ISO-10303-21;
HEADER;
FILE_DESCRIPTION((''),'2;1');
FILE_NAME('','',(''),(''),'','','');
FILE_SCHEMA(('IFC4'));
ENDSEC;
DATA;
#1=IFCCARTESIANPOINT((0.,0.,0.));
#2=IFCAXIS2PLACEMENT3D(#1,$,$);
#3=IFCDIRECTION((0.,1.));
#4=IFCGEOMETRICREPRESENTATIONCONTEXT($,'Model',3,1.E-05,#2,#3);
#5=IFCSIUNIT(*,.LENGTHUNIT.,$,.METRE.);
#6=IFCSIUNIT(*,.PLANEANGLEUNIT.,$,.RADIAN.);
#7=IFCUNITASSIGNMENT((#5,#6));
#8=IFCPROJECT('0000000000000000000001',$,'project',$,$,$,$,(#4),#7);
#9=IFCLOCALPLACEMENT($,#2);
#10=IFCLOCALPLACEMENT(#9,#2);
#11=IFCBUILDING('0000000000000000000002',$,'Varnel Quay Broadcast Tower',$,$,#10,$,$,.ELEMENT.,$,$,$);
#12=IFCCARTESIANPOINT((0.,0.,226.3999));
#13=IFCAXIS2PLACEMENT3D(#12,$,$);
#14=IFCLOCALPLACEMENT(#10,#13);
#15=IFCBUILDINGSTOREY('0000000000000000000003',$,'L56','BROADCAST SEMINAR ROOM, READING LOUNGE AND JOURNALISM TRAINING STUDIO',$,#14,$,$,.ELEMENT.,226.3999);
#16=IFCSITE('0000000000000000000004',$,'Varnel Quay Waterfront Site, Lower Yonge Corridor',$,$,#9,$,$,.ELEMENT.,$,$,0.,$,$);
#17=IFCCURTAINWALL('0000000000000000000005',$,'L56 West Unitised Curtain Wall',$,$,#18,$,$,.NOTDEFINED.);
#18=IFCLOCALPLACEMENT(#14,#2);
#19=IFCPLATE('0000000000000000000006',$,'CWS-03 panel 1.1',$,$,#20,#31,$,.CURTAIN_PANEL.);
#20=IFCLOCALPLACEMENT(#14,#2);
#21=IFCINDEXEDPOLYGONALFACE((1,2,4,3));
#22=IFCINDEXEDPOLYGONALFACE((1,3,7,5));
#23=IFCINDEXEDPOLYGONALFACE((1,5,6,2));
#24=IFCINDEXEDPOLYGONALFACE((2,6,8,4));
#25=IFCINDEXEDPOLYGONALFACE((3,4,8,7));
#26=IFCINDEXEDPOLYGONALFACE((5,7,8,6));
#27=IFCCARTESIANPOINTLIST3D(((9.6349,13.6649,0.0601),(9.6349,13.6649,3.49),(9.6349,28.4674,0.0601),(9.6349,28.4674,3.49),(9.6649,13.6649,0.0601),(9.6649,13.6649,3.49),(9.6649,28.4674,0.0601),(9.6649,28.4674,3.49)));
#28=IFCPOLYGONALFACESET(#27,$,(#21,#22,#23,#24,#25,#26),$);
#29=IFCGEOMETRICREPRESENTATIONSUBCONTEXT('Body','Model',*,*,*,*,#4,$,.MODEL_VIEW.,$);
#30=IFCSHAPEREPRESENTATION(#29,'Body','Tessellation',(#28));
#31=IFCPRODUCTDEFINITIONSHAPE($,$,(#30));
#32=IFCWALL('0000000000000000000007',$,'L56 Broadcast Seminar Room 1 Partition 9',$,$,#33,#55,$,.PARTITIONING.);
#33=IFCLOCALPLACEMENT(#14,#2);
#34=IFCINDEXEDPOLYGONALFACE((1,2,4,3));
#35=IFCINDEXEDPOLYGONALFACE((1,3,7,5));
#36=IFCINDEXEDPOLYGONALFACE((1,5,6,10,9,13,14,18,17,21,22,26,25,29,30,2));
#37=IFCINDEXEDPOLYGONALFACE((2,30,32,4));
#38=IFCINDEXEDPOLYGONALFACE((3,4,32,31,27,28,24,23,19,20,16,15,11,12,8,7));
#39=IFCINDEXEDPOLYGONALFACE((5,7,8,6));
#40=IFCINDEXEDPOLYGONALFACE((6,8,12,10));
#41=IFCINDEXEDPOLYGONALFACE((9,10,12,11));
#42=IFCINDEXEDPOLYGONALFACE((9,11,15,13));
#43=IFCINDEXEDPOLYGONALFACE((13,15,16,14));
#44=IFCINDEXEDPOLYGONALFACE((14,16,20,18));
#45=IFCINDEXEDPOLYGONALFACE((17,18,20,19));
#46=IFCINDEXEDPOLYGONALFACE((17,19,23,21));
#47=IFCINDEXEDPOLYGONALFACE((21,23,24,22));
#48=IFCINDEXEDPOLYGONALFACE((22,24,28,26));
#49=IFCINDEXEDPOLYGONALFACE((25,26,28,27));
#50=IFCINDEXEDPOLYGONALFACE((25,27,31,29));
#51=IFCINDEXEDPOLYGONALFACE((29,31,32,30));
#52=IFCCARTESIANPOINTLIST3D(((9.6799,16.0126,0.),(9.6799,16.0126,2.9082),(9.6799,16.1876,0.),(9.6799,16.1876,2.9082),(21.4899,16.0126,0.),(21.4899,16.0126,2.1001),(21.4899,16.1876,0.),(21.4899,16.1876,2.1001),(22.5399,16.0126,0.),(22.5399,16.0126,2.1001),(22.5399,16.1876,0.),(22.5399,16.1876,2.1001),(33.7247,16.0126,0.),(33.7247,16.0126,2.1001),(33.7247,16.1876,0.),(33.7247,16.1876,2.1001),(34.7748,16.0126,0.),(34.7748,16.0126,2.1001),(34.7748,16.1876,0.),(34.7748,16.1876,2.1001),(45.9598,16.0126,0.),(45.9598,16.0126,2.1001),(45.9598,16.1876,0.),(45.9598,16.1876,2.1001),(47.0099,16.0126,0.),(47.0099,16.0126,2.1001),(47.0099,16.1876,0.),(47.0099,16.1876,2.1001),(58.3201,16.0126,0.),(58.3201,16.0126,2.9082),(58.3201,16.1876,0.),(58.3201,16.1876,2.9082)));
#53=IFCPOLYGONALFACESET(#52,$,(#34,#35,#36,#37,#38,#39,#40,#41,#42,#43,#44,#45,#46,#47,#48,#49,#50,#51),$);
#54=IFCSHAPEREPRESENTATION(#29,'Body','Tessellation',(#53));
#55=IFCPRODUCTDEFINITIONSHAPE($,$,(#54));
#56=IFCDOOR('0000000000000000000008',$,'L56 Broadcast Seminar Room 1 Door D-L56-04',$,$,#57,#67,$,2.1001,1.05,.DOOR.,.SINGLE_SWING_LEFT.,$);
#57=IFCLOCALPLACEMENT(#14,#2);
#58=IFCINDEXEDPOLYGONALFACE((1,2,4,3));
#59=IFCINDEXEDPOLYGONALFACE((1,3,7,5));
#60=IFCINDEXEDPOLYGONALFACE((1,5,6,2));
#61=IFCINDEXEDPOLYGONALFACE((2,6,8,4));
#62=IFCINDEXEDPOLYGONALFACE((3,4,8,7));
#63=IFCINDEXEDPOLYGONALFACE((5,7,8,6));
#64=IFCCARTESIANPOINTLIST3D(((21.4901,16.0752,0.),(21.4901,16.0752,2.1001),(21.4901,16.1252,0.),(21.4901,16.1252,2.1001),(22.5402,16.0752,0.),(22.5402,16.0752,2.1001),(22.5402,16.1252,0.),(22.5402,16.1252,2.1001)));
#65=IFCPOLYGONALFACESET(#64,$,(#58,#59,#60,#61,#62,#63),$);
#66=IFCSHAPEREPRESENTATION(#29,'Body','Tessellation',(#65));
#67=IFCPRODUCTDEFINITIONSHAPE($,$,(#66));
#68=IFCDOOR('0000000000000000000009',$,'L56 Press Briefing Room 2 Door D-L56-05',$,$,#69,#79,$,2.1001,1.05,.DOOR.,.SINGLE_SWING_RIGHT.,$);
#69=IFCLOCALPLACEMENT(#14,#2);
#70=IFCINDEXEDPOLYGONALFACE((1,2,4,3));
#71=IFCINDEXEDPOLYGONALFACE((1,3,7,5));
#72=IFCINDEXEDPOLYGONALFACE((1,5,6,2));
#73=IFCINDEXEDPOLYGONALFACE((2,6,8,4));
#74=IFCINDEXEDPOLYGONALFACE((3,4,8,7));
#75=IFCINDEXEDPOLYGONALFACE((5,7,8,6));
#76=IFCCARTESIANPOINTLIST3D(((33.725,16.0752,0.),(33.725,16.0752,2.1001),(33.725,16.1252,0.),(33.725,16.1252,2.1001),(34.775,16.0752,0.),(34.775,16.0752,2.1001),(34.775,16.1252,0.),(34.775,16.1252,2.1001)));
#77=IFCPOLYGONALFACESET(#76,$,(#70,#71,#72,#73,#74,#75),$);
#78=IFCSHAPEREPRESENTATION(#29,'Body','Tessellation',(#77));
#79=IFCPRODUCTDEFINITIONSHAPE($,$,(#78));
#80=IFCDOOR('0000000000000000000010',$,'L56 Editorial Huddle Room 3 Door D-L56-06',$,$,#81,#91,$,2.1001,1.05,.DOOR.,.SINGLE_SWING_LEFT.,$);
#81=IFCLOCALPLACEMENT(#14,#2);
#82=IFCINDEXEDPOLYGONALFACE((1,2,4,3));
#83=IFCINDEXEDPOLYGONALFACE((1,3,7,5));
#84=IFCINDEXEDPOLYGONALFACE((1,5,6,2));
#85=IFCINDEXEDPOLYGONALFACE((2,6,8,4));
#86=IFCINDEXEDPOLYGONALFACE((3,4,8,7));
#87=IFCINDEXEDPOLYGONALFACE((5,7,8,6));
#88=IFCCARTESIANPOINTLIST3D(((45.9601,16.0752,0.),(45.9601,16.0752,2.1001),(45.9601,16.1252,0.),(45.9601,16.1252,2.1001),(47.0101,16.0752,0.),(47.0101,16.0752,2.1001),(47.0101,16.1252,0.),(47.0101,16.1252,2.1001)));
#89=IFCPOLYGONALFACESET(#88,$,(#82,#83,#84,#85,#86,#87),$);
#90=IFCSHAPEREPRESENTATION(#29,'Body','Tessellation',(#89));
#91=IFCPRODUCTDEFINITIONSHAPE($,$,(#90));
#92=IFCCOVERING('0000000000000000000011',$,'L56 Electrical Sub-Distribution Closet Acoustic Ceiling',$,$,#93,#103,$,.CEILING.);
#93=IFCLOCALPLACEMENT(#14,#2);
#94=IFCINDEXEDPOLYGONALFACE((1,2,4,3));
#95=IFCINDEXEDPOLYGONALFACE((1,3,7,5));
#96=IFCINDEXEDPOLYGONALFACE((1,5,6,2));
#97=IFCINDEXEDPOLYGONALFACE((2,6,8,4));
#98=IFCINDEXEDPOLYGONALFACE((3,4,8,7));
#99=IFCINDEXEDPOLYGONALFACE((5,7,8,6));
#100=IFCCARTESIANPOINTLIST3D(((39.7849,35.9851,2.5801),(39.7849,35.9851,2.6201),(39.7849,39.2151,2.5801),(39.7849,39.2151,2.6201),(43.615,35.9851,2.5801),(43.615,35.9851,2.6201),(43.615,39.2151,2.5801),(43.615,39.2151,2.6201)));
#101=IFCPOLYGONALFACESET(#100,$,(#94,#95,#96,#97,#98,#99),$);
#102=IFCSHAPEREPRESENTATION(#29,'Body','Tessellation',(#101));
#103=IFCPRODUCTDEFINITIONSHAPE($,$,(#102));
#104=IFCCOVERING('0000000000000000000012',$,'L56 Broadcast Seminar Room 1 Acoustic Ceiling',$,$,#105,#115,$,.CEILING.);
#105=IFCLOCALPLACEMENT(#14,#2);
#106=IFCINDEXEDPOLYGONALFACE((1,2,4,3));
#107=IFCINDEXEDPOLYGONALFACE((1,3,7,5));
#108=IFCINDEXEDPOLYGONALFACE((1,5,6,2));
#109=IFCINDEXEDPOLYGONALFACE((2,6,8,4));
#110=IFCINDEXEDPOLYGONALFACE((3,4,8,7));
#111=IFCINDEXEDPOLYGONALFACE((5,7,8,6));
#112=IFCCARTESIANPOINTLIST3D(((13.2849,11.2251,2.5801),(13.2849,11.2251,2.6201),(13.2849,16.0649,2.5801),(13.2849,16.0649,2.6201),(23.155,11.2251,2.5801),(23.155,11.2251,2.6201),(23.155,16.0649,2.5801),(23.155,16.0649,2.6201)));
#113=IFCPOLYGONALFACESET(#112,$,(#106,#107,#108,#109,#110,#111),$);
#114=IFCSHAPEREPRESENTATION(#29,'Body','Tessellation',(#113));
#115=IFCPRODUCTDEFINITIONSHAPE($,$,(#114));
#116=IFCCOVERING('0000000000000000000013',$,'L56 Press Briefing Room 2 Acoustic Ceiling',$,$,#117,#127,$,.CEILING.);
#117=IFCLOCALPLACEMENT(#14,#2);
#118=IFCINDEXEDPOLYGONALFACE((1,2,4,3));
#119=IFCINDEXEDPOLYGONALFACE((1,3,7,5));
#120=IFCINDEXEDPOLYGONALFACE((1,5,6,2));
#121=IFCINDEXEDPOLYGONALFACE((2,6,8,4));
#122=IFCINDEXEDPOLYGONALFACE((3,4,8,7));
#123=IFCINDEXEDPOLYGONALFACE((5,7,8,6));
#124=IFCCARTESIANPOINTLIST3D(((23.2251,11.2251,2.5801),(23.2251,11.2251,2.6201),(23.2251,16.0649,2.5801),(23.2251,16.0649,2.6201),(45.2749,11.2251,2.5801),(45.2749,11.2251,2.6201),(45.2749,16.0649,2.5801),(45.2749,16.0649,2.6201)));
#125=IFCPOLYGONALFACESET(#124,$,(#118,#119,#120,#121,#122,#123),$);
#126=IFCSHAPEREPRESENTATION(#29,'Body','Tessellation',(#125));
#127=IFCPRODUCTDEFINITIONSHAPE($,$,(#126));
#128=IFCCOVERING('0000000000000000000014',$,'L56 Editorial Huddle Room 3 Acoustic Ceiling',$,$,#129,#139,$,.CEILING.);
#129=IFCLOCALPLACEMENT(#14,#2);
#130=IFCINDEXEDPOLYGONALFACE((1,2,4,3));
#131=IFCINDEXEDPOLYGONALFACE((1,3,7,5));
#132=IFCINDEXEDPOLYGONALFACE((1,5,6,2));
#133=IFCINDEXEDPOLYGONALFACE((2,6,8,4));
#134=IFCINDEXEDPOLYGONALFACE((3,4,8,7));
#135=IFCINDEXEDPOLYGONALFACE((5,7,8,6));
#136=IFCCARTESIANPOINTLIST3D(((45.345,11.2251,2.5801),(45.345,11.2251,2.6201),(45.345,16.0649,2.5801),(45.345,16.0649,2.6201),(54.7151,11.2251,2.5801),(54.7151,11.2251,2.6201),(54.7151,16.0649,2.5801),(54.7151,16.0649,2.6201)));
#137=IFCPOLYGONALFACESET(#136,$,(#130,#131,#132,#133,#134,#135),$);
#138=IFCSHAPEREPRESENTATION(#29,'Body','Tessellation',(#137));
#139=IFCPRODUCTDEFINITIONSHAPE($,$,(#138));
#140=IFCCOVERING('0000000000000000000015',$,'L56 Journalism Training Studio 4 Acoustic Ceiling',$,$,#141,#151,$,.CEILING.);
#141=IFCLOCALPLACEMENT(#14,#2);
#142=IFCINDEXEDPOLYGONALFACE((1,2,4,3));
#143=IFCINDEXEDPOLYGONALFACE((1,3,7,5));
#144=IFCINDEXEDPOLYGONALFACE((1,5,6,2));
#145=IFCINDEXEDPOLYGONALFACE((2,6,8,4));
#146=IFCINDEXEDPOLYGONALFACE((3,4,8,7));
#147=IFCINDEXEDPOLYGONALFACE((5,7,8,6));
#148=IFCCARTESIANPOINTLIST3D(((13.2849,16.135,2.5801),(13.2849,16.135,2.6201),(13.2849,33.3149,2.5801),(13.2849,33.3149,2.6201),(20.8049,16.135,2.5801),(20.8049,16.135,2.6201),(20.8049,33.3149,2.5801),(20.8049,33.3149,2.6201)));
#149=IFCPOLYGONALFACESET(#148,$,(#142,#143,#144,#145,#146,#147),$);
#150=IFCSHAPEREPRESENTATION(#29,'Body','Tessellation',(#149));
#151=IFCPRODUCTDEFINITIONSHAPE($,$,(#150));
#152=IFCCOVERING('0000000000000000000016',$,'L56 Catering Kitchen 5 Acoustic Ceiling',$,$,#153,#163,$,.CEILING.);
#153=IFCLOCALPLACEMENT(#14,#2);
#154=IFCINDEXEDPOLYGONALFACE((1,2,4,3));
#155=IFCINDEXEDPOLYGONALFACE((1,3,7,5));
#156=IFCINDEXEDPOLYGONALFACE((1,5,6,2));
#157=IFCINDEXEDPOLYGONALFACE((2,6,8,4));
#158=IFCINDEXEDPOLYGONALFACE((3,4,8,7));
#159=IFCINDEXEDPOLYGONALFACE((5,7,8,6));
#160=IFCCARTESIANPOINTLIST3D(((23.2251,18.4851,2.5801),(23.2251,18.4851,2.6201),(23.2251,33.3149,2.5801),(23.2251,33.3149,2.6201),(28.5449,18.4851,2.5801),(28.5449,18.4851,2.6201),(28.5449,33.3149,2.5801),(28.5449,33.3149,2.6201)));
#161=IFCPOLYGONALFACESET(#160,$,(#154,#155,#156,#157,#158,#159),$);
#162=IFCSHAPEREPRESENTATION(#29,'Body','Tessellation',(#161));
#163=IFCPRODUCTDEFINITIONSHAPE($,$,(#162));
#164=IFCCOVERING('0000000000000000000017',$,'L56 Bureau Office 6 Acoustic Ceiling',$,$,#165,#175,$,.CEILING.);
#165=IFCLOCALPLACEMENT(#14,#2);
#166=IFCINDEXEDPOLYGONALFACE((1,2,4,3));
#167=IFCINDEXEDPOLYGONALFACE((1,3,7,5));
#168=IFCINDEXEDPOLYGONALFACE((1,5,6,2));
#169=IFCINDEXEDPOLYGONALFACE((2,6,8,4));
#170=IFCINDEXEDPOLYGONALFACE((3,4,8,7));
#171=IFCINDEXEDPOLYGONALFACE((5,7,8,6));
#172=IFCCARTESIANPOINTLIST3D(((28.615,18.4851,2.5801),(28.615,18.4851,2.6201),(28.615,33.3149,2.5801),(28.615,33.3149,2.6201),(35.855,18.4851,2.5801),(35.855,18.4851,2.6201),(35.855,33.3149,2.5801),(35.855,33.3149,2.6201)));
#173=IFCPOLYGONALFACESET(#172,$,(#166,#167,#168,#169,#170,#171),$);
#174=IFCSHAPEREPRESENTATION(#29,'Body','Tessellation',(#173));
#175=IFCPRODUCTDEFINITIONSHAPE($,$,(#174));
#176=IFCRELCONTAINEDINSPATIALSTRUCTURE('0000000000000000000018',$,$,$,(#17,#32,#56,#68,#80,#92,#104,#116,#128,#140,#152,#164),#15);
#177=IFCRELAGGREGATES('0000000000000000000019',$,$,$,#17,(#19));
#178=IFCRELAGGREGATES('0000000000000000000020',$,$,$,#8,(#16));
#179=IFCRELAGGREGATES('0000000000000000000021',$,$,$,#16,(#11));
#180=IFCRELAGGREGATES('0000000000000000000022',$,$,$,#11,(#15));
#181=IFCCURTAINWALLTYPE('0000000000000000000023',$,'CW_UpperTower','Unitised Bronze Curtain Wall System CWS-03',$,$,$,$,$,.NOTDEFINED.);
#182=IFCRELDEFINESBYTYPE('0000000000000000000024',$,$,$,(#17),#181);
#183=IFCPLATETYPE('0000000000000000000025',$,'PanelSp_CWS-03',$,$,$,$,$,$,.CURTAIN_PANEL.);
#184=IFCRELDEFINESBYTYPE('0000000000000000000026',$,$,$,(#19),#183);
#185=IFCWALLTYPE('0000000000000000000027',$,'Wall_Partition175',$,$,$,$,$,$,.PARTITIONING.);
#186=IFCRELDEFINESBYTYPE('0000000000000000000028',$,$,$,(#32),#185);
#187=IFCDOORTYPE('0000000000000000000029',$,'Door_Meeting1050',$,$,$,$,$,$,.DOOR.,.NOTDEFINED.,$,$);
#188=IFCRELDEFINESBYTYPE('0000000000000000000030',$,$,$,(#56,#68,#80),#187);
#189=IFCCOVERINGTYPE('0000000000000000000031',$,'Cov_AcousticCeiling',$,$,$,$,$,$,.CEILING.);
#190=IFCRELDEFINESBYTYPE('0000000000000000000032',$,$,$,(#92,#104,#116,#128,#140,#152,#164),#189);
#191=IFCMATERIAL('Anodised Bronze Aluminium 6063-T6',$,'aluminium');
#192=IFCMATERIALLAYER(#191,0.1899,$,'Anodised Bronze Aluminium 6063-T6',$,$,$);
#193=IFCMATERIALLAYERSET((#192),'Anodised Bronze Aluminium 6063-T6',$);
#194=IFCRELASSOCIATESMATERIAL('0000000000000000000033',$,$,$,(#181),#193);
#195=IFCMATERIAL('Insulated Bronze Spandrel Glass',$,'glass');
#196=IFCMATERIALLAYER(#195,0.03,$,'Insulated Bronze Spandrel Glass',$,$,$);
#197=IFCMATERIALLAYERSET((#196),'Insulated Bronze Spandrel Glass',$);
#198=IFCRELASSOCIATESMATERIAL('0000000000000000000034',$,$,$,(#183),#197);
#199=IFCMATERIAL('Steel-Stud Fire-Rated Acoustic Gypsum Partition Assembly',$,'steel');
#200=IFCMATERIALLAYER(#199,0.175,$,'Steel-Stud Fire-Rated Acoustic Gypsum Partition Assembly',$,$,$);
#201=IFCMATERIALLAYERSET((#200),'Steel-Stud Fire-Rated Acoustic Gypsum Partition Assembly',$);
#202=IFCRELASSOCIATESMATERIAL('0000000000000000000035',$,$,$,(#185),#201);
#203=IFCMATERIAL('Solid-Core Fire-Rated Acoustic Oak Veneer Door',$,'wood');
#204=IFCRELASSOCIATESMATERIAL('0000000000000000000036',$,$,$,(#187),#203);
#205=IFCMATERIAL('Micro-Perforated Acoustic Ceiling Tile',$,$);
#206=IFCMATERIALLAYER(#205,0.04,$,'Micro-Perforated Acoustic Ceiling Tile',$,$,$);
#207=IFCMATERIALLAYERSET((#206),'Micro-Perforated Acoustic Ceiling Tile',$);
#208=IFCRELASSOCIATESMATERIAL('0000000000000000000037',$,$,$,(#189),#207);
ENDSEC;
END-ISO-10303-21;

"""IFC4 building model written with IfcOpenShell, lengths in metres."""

from ifc_helpers import new_model, si_unit, direction, frame, frame_2d, origin, origin_2d, place, context, subcontext, project, spatial, polyline, rectangle, outline, extrude, source, transform, mapped, material, layer, layer_set, type_object, type_shapes, element, fill, aggregate, save


model = new_model("IFC4")

# Units and contexts
model_context = context("Model", 3, precision=1e-05, world=origin(), true_north=direction((0.0, 1.0)))
body_context = subcontext(model_context, "Body", "Model", "MODEL_VIEW")
ifc_project = project(units=[si_unit("LENGTHUNIT", "METRE"), si_unit("PLANEANGLEUNIT", "RADIAN")], contexts=[model_context])

# Site, building, storey
site_placement = place(None, origin())
site = spatial("IfcSite", under=ifc_project, at=site_placement, Name="Varnel Quay Waterfront Site, Lower Yonge Corridor", CompositionType="ELEMENT", RefElevation=0.0)
building_placement = place(site_placement, origin())
building = spatial("IfcBuilding", under=site, at=building_placement, Name="Varnel Quay Broadcast Tower", CompositionType="ELEMENT")
storey_placement = place(building_placement, frame((0.0, 0.0, 226.3999)))
storey = spatial("IfcBuildingStorey", under=building, at=storey_placement, Name="L56", Description="BROADCAST SEMINAR ROOM, READING LOUNGE AND JOURNALISM TRAINING STUDIO", CompositionType="ELEMENT", Elevation=226.3999)

# Shared definitions
ifc_material_1 = material(Name="Anodised Bronze Aluminium 6063-T6", Category="aluminium")

# Curtain wall
ifc_layer_1 = layer(ifc_material_1, 0.1899, Name="Anodised Bronze Aluminium 6063-T6")
ifc_layer_set_1 = layer_set([ifc_layer_1], Name="Anodised Bronze Aluminium 6063-T6")
curtain_wall_type_1 = type_object("IfcCurtainWallType", Name="CW_UpperTower", Description="Unitised Bronze Curtain Wall System CWS-03", PredefinedType="NOTDEFINED", material=ifc_layer_set_1)
curtain_wall_1_placement = place(storey_placement, origin())
curtain_wall_1 = element("IfcCurtainWall", 1, at=curtain_wall_1_placement, inside=storey, type_object=curtain_wall_type_1, Name="L56 West Unitised Curtain Wall", PredefinedType="NOTDEFINED")

# Plate
ifc_material_2 = material(Name="Insulated Bronze Spandrel Glass", Category="glass")
ifc_layer_2 = layer(ifc_material_2, 0.03, Name="Insulated Bronze Spandrel Glass")
ifc_layer_set_2 = layer_set([ifc_layer_2], Name="Insulated Bronze Spandrel Glass")
plate_type_1 = type_object("IfcPlateType", Name="PanelSp_CWS-03", PredefinedType="CURTAIN_PANEL", material=ifc_layer_set_2)
shared_shape_1 = source(origin(), body_context, "Body", "SweptSolid", [
    extrude(rectangle(XDim=14.8025, YDim=0.03, at=origin_2d()), origin(), (0.0, 0.0, 1.0), 3.4299),
])
type_shapes(plate_type_1, [shared_shape_1])
plate_1_placement = place(storey_placement, frame((9.6499, 21.0662, 0.0601), z_axis=(0.0, 0.0, 1.0), x_axis=(0.0, 1.0, 0.0)))
plate_1 = element("IfcPlate", 2, at=plate_1_placement, type_object=plate_type_1, Name="CWS-03 panel 1.1", PredefinedType="CURTAIN_PANEL", context=body_context, shape_type="MappedRepresentation", body=[
    mapped(shared_shape_1, transform((0.0, 0.0, 0.0), x_axis=(1.0, 0.0, 0.0), y_axis=(0.0, 1.0, 0.0), z_axis=(0.0, 0.0, 1.0), scale=1.0)),
])
aggregate(curtain_wall_1, [plate_1])

# Wall, openings, doors
ifc_material_3 = material(Name="Steel-Stud Fire-Rated Acoustic Gypsum Partition Assembly", Category="steel")
ifc_layer_3 = layer(ifc_material_3, 0.175, Name="Steel-Stud Fire-Rated Acoustic Gypsum Partition Assembly")
ifc_layer_set_3 = layer_set([ifc_layer_3], Name="Steel-Stud Fire-Rated Acoustic Gypsum Partition Assembly")
wall_type = type_object("IfcWallType", Name="Wall_Partition175", PredefinedType="PARTITIONING", material=ifc_layer_set_3)
wall_placement = place(storey_placement, frame((9.6799, 16.1001, 0.0), z_axis=(0.0, 0.0, 1.0), x_axis=(1.0, 0.0, 0.0)))
wall = element("IfcWall", 3, at=wall_placement, inside=storey, type_object=wall_type, Name="L56 Broadcast Seminar Room 1 Partition 9", PredefinedType="PARTITIONING", context=body_context, shape_type="SweptSolid", body=[
    extrude(rectangle(XDim=48.6401, YDim=0.175, at=frame_2d((24.3201, 0.0))), origin(), (0.0, 0.0, 1.0), 2.9082),
])
opening_1_placement = place(wall_placement, frame((11.8101, 0.0, 0.0)))
opening_1 = element("IfcOpeningElement", 4, at=opening_1_placement, cuts=wall, PredefinedType="OPENING", context=body_context, shape_type="SweptSolid", body=[
    extrude(rectangle(XDim=1.05, YDim=2.1001, at=frame_2d((0.5249, 1.05))), frame((0.0, 0.0977, 0.0), z_axis=(0.0, -1.0, 0.0), x_axis=(1.0, 0.0, 0.0)), (0.0, 0.0, 1.0), 0.1951),
])
opening_2_placement = place(wall_placement, frame((24.0449, 0.0, 0.0)))
opening_2 = element("IfcOpeningElement", 5, at=opening_2_placement, cuts=wall, PredefinedType="OPENING", context=body_context, shape_type="SweptSolid", body=[
    extrude(rectangle(XDim=1.05, YDim=2.1001, at=frame_2d((0.5249, 1.05))), frame((0.0, 0.0977, 0.0), z_axis=(0.0, -1.0, 0.0), x_axis=(1.0, 0.0, 0.0)), (0.0, 0.0, 1.0), 0.1951),
])
opening_3_placement = place(wall_placement, frame((36.28, 0.0, 0.0)))
opening_3 = element("IfcOpeningElement", 6, at=opening_3_placement, cuts=wall, PredefinedType="OPENING", context=body_context, shape_type="SweptSolid", body=[
    extrude(rectangle(XDim=1.05, YDim=2.1001, at=frame_2d((0.5249, 1.05))), frame((0.0, 0.0977, 0.0), z_axis=(0.0, -1.0, 0.0), x_axis=(1.0, 0.0, 0.0)), (0.0, 0.0, 1.0), 0.1951),
])
ifc_material_4 = material(Name="Solid-Core Fire-Rated Acoustic Oak Veneer Door", Category="wood")
door_type = type_object("IfcDoorType", Name="Door_Meeting1050", OperationType="NOTDEFINED", PredefinedType="DOOR", material=ifc_material_4)
shared_shape_2 = source(origin(), body_context, "Body", "SweptSolid", [
    extrude(rectangle(XDim=1.05, YDim=2.1001, at=frame_2d((0.5249, 1.05))), frame((0.0, 0.0249, 0.0), z_axis=(0.0, -1.0, 0.0), x_axis=(1.0, 0.0, 0.0)), (0.0, 0.0, 1.0), 0.05),
])
type_shapes(door_type, [shared_shape_2])
door_1_placement = place(opening_1_placement, frame((1.05, 0.0, 0.0), z_axis=(0.0, 0.0, 1.0), x_axis=(-1.0, 0.0, 0.0)))
door_1 = element("IfcDoor", 7, at=door_1_placement, inside=storey, type_object=door_type, Name="L56 Broadcast Seminar Room 1 Door D-L56-04", OperationType="SINGLE_SWING_LEFT", OverallHeight=2.1001, OverallWidth=1.05, PredefinedType="DOOR", context=body_context, shape_type="MappedRepresentation", body=[
    mapped(shared_shape_2, transform((0.0, 0.0, 0.0), x_axis=(1.0, 0.0, 0.0), y_axis=(0.0, 1.0, 0.0), z_axis=(0.0, 0.0, 1.0), scale=1.0)),
])
fill(opening_1, door_1)
door_2_placement = place(opening_2_placement, frame((1.05, 0.0, 0.0), z_axis=(0.0, 0.0, 1.0), x_axis=(-1.0, 0.0, 0.0)))
door_2 = element("IfcDoor", 8, at=door_2_placement, inside=storey, type_object=door_type, Name="L56 Press Briefing Room 2 Door D-L56-05", OperationType="SINGLE_SWING_RIGHT", OverallHeight=2.1001, OverallWidth=1.05, PredefinedType="DOOR", context=body_context, shape_type="MappedRepresentation", body=[
    mapped(shared_shape_2, transform((0.0, 0.0, 0.0), x_axis=(1.0, 0.0, 0.0), y_axis=(0.0, 1.0, 0.0), z_axis=(0.0, 0.0, 1.0), scale=1.0)),
])
fill(opening_2, door_2)
door_3_placement = place(opening_3_placement, frame((1.05, 0.0, 0.0), z_axis=(0.0, 0.0, 1.0), x_axis=(-1.0, 0.0, 0.0)))
door_3 = element("IfcDoor", 9, at=door_3_placement, inside=storey, type_object=door_type, Name="L56 Editorial Huddle Room 3 Door D-L56-06", OperationType="SINGLE_SWING_LEFT", OverallHeight=2.1001, OverallWidth=1.05, PredefinedType="DOOR", context=body_context, shape_type="MappedRepresentation", body=[
    mapped(shared_shape_2, transform((0.0, 0.0, 0.0), x_axis=(1.0, 0.0, 0.0), y_axis=(0.0, 1.0, 0.0), z_axis=(0.0, 0.0, 1.0), scale=1.0)),
])
fill(opening_3, door_3)

# Coverings
ifc_material_5 = material(Name="Micro-Perforated Acoustic Ceiling Tile")
ifc_layer_4 = layer(ifc_material_5, 0.04, Name="Micro-Perforated Acoustic Ceiling Tile")
ifc_layer_set_4 = layer_set([ifc_layer_4], Name="Micro-Perforated Acoustic Ceiling Tile")
covering_type_1 = type_object("IfcCoveringType", Name="Cov_AcousticCeiling", PredefinedType="CEILING", material=ifc_layer_set_4)
covering_1_placement = place(storey_placement, frame((0.0, 0.0, 2.5801)))
element("IfcCovering", 10, at=covering_1_placement, inside=storey, type_object=covering_type_1, Name="L56 Electrical Sub-Distribution Closet Acoustic Ceiling", PredefinedType="CEILING", context=body_context, shape_type="SweptSolid", body=[
    extrude(outline(polyline([(39.7849, 35.9851), (43.615, 35.9851), (43.615, 39.2151), (39.7849, 39.2151), (39.7849, 35.9851)])), origin(), (0.0, 0.0, 1.0), 0.04),
])
covering_2_placement = place(storey_placement, frame((0.0, 0.0, 2.5801)))
element("IfcCovering", 11, at=covering_2_placement, inside=storey, type_object=covering_type_1, Name="L56 Broadcast Seminar Room 1 Acoustic Ceiling", PredefinedType="CEILING", context=body_context, shape_type="SweptSolid", body=[
    extrude(outline(polyline([(13.2849, 11.2251), (23.155, 11.2251), (23.155, 16.0649), (13.2849, 16.0649), (13.2849, 11.2251)])), origin(), (0.0, 0.0, 1.0), 0.04),
])
covering_3_placement = place(storey_placement, frame((0.0, 0.0, 2.5801)))
element("IfcCovering", 12, at=covering_3_placement, inside=storey, type_object=covering_type_1, Name="L56 Press Briefing Room 2 Acoustic Ceiling", PredefinedType="CEILING", context=body_context, shape_type="SweptSolid", body=[
    extrude(outline(polyline([(23.2251, 11.2251), (45.2749, 11.2251), (45.2749, 16.0649), (23.2251, 16.0649), (23.2251, 11.2251)])), origin(), (0.0, 0.0, 1.0), 0.04),
])
covering_4_placement = place(storey_placement, frame((0.0, 0.0, 2.5801)))
element("IfcCovering", 13, at=covering_4_placement, inside=storey, type_object=covering_type_1, Name="L56 Editorial Huddle Room 3 Acoustic Ceiling", PredefinedType="CEILING", context=body_context, shape_type="SweptSolid", body=[
    extrude(outline(polyline([(45.345, 11.2251), (54.7151, 11.2251), (54.7151, 16.0649), (45.345, 16.0649), (45.345, 11.2251)])), origin(), (0.0, 0.0, 1.0), 0.04),
])
covering_5_placement = place(storey_placement, frame((0.0, 0.0, 2.5801)))
element("IfcCovering", 14, at=covering_5_placement, inside=storey, type_object=covering_type_1, Name="L56 Journalism Training Studio 4 Acoustic Ceiling", PredefinedType="CEILING", context=body_context, shape_type="SweptSolid", body=[
    extrude(outline(polyline([(13.2849, 16.135), (20.8049, 16.135), (20.8049, 33.3149), (13.2849, 33.3149), (13.2849, 16.135)])), origin(), (0.0, 0.0, 1.0), 0.04),
])
covering_6_placement = place(storey_placement, frame((0.0, 0.0, 2.5801)))
element("IfcCovering", 15, at=covering_6_placement, inside=storey, type_object=covering_type_1, Name="L56 Catering Kitchen 5 Acoustic Ceiling", PredefinedType="CEILING", context=body_context, shape_type="SweptSolid", body=[
    extrude(outline(polyline([(23.2251, 18.4851), (28.5449, 18.4851), (28.5449, 33.3149), (23.2251, 33.3149), (23.2251, 18.4851)])), origin(), (0.0, 0.0, 1.0), 0.04),
])
covering_7_placement = place(storey_placement, frame((0.0, 0.0, 2.5801)))
element("IfcCovering", 16, at=covering_7_placement, inside=storey, type_object=covering_type_1, Name="L56 Bureau Office 6 Acoustic Ceiling", PredefinedType="CEILING", context=body_context, shape_type="SweptSolid", body=[
    extrude(outline(polyline([(28.615, 18.4851), (35.855, 18.4851), (35.855, 33.3149), (28.615, 33.3149), (28.615, 18.4851)])), origin(), (0.0, 0.0, 1.0), 0.04),
])

save(model, "model.ifc")
